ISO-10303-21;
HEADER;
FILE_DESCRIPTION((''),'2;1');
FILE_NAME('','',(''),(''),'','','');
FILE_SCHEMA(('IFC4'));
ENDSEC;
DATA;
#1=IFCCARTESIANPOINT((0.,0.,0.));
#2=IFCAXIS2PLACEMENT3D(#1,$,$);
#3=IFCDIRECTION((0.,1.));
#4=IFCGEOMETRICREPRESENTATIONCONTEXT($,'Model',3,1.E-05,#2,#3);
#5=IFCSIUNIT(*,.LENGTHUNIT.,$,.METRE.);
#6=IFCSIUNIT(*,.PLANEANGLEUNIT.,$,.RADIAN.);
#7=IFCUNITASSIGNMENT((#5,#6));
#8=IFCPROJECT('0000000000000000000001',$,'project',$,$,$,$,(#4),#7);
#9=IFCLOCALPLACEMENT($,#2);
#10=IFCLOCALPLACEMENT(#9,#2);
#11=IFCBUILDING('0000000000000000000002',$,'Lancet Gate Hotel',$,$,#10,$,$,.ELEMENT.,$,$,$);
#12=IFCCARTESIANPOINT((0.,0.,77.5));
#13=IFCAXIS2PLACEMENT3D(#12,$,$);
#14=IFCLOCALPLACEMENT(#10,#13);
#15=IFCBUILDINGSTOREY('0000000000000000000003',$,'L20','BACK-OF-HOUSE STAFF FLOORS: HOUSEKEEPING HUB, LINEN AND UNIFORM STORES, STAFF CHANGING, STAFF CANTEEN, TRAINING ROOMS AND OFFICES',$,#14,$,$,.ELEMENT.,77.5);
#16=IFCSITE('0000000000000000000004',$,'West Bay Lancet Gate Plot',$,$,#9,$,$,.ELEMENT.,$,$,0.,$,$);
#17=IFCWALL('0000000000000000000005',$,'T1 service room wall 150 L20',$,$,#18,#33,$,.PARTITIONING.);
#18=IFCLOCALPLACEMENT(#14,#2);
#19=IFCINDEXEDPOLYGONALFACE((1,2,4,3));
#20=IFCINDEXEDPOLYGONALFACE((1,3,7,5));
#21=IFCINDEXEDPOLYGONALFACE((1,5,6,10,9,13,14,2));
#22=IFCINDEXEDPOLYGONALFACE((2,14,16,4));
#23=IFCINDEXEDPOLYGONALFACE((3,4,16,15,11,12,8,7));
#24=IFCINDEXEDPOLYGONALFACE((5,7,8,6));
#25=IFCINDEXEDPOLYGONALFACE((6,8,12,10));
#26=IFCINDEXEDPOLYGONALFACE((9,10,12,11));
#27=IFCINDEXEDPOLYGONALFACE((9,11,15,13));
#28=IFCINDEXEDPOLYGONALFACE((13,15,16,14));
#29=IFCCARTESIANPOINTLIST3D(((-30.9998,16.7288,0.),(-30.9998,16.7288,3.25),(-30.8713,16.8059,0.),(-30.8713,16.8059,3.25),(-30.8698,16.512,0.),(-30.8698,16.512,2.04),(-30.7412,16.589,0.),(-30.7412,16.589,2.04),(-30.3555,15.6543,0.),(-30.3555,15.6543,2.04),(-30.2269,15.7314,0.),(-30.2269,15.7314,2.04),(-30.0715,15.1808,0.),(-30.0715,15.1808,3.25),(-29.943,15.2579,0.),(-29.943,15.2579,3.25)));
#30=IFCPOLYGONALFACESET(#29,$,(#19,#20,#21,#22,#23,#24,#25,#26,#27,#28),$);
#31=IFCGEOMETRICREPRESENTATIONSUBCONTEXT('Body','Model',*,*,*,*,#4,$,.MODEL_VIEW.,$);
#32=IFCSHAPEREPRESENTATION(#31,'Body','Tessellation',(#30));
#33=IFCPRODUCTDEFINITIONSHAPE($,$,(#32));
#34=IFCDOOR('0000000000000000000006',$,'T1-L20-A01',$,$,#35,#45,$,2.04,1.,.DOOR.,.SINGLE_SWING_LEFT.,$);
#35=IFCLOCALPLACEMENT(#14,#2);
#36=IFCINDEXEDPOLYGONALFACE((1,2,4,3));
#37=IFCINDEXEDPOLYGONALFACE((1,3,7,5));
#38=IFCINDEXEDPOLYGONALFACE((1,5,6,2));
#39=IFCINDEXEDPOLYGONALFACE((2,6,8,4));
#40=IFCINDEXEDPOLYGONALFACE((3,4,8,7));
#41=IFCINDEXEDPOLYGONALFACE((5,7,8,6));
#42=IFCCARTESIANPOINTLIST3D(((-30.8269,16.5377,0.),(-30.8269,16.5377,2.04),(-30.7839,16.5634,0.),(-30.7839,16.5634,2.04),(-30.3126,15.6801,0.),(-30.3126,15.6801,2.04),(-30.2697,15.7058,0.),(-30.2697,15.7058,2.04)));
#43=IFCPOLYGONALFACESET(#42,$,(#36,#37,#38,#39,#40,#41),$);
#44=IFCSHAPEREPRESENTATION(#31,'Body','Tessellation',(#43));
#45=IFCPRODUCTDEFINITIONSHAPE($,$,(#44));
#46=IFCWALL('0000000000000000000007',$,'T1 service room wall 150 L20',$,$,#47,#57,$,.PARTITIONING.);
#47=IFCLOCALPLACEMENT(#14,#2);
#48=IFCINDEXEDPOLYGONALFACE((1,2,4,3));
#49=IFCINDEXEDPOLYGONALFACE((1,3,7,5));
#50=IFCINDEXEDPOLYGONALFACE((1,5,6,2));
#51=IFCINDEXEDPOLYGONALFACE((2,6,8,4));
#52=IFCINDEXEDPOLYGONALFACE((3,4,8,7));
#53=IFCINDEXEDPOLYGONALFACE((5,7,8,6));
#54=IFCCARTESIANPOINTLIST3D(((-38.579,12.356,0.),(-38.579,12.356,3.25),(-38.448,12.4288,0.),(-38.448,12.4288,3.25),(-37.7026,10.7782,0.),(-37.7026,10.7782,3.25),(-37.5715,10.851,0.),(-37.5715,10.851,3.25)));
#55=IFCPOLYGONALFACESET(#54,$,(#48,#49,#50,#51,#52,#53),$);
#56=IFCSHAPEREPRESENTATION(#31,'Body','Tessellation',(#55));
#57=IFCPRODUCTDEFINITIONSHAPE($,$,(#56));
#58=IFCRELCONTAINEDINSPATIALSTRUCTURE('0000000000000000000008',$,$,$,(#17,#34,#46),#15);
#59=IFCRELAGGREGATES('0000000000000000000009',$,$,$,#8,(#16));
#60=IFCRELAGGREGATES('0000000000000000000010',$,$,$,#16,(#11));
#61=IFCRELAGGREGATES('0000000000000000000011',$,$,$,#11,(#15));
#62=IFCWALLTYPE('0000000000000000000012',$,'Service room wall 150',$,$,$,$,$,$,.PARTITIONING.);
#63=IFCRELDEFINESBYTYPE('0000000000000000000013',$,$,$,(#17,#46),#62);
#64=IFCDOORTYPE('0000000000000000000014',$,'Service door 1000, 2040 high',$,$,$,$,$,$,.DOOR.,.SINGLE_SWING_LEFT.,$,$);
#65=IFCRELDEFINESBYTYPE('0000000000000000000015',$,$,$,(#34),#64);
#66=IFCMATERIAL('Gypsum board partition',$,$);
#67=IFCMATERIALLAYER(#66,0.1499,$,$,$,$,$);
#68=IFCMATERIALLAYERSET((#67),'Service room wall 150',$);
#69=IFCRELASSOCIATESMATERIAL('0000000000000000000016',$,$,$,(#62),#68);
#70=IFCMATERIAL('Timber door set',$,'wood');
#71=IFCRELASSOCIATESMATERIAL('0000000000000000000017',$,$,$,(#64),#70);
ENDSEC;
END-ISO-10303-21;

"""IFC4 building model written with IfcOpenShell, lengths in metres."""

from ifc_helpers import new_model, si_unit, direction, frame, frame_2d, origin, place, context, subcontext, project, spatial, rectangle, extrude, material, layer, layer_set, type_object, element, fill, save


model = new_model("IFC4")

# Units and contexts
model_context = context("Model", 3, precision=1e-05, world=origin(), true_north=direction((0.0, 1.0)))
body_context = subcontext(model_context, "Body", "Model", "MODEL_VIEW")
ifc_project = project(units=[si_unit("LENGTHUNIT", "METRE"), si_unit("PLANEANGLEUNIT", "RADIAN")], contexts=[model_context])

# Site, building, storey
site_placement = place(None, origin())
site = spatial("IfcSite", under=ifc_project, at=site_placement, Name="West Bay Lancet Gate Plot", CompositionType="ELEMENT", RefElevation=0.0)
building_placement = place(site_placement, origin())
building = spatial("IfcBuilding", under=site, at=building_placement, Name="Lancet Gate Hotel", CompositionType="ELEMENT")
storey_placement = place(building_placement, frame((0.0, 0.0, 77.5)))
storey = spatial("IfcBuildingStorey", under=building, at=storey_placement, Name="L20", Description="BACK-OF-HOUSE STAFF FLOORS: HOUSEKEEPING HUB, LINEN AND UNIFORM STORES, STAFF CHANGING, STAFF CANTEEN, TRAINING ROOMS AND OFFICES", CompositionType="ELEMENT", Elevation=77.5)

# Wall, opening, door
ifc_material_1 = material(Name="Gypsum board partition")
ifc_layer_1 = layer(ifc_material_1, 0.1499)
ifc_layer_set_1 = layer_set([ifc_layer_1], Name="Service room wall 150")
wall_type_1 = type_object("IfcWallType", Name="Service room wall 150", PredefinedType="PARTITIONING", material=ifc_layer_set_1)
wall_1_placement = place(storey_placement, frame((-30.0073, 15.2195, 0.0), z_axis=(0.0, 0.0, 1.0), x_axis=(-0.514297, 0.857612, 0.0)))
wall_1 = element("IfcWall", 1, at=wall_1_placement, inside=storey, type_object=wall_type_1, Name="T1 service room wall 150 L20", PredefinedType="PARTITIONING", context=body_context, shape_type="SweptSolid", body=[
    extrude(rectangle(XDim=1.8049, YDim=0.1499, at=frame_2d((0.9023, 0.0))), origin(), (0.0, 0.0, 1.0), 3.25),
])
opening_1_placement = place(wall_1_placement, frame((0.552, 0.0, 0.0)))
opening_1 = element("IfcOpeningElement", 2, at=opening_1_placement, cuts=wall_1, PredefinedType="OPENING", context=body_context, shape_type="SweptSolid", body=[
    extrude(rectangle(XDim=1.0, YDim=2.04, at=frame_2d((0.5, 1.02))), frame((0.0, 0.085, 0.0), z_axis=(0.0, -1.0, 0.0), x_axis=(1.0, 0.0, 0.0)), (0.0, 0.0, 1.0), 0.1699),
])
ifc_material_2 = material(Name="Timber door set", Category="wood")
door_type_1 = type_object("IfcDoorType", Name="Service door 1000, 2040 high", OperationType="SINGLE_SWING_LEFT", PredefinedType="DOOR", material=ifc_material_2)
door_1_placement = place(opening_1_placement, origin())
door_1 = element("IfcDoor", 3, at=door_1_placement, inside=storey, type_object=door_type_1, Name="T1-L20-A01", OperationType="SINGLE_SWING_LEFT", OverallHeight=2.04, OverallWidth=1.0, PredefinedType="DOOR", context=body_context, shape_type="SweptSolid", body=[
    extrude(rectangle(XDim=1.0, YDim=2.04, at=frame_2d((0.5, 1.02))), frame((0.0, 0.0249, 0.0), z_axis=(0.0, -1.0, 0.0), x_axis=(1.0, 0.0, 0.0)), (0.0, 0.0, 1.0), 0.05),
])
fill(opening_1, door_1)

# Wall
wall_2_placement = place(storey_placement, frame((-38.5134, 12.3923, 0.0), z_axis=(0.0, 0.0, 1.0), x_axis=(0.485586, -0.874189, 0.0)))
element("IfcWall", 4, at=wall_2_placement, inside=storey, type_object=wall_type_1, Name="T1 service room wall 150 L20", PredefinedType="PARTITIONING", context=body_context, shape_type="SweptSolid", body=[
    extrude(rectangle(XDim=1.8049, YDim=0.1499, at=frame_2d((0.9023, 0.0))), origin(), (0.0, 0.0, 1.0), 3.25),
])

save(model, "model.ifc")
